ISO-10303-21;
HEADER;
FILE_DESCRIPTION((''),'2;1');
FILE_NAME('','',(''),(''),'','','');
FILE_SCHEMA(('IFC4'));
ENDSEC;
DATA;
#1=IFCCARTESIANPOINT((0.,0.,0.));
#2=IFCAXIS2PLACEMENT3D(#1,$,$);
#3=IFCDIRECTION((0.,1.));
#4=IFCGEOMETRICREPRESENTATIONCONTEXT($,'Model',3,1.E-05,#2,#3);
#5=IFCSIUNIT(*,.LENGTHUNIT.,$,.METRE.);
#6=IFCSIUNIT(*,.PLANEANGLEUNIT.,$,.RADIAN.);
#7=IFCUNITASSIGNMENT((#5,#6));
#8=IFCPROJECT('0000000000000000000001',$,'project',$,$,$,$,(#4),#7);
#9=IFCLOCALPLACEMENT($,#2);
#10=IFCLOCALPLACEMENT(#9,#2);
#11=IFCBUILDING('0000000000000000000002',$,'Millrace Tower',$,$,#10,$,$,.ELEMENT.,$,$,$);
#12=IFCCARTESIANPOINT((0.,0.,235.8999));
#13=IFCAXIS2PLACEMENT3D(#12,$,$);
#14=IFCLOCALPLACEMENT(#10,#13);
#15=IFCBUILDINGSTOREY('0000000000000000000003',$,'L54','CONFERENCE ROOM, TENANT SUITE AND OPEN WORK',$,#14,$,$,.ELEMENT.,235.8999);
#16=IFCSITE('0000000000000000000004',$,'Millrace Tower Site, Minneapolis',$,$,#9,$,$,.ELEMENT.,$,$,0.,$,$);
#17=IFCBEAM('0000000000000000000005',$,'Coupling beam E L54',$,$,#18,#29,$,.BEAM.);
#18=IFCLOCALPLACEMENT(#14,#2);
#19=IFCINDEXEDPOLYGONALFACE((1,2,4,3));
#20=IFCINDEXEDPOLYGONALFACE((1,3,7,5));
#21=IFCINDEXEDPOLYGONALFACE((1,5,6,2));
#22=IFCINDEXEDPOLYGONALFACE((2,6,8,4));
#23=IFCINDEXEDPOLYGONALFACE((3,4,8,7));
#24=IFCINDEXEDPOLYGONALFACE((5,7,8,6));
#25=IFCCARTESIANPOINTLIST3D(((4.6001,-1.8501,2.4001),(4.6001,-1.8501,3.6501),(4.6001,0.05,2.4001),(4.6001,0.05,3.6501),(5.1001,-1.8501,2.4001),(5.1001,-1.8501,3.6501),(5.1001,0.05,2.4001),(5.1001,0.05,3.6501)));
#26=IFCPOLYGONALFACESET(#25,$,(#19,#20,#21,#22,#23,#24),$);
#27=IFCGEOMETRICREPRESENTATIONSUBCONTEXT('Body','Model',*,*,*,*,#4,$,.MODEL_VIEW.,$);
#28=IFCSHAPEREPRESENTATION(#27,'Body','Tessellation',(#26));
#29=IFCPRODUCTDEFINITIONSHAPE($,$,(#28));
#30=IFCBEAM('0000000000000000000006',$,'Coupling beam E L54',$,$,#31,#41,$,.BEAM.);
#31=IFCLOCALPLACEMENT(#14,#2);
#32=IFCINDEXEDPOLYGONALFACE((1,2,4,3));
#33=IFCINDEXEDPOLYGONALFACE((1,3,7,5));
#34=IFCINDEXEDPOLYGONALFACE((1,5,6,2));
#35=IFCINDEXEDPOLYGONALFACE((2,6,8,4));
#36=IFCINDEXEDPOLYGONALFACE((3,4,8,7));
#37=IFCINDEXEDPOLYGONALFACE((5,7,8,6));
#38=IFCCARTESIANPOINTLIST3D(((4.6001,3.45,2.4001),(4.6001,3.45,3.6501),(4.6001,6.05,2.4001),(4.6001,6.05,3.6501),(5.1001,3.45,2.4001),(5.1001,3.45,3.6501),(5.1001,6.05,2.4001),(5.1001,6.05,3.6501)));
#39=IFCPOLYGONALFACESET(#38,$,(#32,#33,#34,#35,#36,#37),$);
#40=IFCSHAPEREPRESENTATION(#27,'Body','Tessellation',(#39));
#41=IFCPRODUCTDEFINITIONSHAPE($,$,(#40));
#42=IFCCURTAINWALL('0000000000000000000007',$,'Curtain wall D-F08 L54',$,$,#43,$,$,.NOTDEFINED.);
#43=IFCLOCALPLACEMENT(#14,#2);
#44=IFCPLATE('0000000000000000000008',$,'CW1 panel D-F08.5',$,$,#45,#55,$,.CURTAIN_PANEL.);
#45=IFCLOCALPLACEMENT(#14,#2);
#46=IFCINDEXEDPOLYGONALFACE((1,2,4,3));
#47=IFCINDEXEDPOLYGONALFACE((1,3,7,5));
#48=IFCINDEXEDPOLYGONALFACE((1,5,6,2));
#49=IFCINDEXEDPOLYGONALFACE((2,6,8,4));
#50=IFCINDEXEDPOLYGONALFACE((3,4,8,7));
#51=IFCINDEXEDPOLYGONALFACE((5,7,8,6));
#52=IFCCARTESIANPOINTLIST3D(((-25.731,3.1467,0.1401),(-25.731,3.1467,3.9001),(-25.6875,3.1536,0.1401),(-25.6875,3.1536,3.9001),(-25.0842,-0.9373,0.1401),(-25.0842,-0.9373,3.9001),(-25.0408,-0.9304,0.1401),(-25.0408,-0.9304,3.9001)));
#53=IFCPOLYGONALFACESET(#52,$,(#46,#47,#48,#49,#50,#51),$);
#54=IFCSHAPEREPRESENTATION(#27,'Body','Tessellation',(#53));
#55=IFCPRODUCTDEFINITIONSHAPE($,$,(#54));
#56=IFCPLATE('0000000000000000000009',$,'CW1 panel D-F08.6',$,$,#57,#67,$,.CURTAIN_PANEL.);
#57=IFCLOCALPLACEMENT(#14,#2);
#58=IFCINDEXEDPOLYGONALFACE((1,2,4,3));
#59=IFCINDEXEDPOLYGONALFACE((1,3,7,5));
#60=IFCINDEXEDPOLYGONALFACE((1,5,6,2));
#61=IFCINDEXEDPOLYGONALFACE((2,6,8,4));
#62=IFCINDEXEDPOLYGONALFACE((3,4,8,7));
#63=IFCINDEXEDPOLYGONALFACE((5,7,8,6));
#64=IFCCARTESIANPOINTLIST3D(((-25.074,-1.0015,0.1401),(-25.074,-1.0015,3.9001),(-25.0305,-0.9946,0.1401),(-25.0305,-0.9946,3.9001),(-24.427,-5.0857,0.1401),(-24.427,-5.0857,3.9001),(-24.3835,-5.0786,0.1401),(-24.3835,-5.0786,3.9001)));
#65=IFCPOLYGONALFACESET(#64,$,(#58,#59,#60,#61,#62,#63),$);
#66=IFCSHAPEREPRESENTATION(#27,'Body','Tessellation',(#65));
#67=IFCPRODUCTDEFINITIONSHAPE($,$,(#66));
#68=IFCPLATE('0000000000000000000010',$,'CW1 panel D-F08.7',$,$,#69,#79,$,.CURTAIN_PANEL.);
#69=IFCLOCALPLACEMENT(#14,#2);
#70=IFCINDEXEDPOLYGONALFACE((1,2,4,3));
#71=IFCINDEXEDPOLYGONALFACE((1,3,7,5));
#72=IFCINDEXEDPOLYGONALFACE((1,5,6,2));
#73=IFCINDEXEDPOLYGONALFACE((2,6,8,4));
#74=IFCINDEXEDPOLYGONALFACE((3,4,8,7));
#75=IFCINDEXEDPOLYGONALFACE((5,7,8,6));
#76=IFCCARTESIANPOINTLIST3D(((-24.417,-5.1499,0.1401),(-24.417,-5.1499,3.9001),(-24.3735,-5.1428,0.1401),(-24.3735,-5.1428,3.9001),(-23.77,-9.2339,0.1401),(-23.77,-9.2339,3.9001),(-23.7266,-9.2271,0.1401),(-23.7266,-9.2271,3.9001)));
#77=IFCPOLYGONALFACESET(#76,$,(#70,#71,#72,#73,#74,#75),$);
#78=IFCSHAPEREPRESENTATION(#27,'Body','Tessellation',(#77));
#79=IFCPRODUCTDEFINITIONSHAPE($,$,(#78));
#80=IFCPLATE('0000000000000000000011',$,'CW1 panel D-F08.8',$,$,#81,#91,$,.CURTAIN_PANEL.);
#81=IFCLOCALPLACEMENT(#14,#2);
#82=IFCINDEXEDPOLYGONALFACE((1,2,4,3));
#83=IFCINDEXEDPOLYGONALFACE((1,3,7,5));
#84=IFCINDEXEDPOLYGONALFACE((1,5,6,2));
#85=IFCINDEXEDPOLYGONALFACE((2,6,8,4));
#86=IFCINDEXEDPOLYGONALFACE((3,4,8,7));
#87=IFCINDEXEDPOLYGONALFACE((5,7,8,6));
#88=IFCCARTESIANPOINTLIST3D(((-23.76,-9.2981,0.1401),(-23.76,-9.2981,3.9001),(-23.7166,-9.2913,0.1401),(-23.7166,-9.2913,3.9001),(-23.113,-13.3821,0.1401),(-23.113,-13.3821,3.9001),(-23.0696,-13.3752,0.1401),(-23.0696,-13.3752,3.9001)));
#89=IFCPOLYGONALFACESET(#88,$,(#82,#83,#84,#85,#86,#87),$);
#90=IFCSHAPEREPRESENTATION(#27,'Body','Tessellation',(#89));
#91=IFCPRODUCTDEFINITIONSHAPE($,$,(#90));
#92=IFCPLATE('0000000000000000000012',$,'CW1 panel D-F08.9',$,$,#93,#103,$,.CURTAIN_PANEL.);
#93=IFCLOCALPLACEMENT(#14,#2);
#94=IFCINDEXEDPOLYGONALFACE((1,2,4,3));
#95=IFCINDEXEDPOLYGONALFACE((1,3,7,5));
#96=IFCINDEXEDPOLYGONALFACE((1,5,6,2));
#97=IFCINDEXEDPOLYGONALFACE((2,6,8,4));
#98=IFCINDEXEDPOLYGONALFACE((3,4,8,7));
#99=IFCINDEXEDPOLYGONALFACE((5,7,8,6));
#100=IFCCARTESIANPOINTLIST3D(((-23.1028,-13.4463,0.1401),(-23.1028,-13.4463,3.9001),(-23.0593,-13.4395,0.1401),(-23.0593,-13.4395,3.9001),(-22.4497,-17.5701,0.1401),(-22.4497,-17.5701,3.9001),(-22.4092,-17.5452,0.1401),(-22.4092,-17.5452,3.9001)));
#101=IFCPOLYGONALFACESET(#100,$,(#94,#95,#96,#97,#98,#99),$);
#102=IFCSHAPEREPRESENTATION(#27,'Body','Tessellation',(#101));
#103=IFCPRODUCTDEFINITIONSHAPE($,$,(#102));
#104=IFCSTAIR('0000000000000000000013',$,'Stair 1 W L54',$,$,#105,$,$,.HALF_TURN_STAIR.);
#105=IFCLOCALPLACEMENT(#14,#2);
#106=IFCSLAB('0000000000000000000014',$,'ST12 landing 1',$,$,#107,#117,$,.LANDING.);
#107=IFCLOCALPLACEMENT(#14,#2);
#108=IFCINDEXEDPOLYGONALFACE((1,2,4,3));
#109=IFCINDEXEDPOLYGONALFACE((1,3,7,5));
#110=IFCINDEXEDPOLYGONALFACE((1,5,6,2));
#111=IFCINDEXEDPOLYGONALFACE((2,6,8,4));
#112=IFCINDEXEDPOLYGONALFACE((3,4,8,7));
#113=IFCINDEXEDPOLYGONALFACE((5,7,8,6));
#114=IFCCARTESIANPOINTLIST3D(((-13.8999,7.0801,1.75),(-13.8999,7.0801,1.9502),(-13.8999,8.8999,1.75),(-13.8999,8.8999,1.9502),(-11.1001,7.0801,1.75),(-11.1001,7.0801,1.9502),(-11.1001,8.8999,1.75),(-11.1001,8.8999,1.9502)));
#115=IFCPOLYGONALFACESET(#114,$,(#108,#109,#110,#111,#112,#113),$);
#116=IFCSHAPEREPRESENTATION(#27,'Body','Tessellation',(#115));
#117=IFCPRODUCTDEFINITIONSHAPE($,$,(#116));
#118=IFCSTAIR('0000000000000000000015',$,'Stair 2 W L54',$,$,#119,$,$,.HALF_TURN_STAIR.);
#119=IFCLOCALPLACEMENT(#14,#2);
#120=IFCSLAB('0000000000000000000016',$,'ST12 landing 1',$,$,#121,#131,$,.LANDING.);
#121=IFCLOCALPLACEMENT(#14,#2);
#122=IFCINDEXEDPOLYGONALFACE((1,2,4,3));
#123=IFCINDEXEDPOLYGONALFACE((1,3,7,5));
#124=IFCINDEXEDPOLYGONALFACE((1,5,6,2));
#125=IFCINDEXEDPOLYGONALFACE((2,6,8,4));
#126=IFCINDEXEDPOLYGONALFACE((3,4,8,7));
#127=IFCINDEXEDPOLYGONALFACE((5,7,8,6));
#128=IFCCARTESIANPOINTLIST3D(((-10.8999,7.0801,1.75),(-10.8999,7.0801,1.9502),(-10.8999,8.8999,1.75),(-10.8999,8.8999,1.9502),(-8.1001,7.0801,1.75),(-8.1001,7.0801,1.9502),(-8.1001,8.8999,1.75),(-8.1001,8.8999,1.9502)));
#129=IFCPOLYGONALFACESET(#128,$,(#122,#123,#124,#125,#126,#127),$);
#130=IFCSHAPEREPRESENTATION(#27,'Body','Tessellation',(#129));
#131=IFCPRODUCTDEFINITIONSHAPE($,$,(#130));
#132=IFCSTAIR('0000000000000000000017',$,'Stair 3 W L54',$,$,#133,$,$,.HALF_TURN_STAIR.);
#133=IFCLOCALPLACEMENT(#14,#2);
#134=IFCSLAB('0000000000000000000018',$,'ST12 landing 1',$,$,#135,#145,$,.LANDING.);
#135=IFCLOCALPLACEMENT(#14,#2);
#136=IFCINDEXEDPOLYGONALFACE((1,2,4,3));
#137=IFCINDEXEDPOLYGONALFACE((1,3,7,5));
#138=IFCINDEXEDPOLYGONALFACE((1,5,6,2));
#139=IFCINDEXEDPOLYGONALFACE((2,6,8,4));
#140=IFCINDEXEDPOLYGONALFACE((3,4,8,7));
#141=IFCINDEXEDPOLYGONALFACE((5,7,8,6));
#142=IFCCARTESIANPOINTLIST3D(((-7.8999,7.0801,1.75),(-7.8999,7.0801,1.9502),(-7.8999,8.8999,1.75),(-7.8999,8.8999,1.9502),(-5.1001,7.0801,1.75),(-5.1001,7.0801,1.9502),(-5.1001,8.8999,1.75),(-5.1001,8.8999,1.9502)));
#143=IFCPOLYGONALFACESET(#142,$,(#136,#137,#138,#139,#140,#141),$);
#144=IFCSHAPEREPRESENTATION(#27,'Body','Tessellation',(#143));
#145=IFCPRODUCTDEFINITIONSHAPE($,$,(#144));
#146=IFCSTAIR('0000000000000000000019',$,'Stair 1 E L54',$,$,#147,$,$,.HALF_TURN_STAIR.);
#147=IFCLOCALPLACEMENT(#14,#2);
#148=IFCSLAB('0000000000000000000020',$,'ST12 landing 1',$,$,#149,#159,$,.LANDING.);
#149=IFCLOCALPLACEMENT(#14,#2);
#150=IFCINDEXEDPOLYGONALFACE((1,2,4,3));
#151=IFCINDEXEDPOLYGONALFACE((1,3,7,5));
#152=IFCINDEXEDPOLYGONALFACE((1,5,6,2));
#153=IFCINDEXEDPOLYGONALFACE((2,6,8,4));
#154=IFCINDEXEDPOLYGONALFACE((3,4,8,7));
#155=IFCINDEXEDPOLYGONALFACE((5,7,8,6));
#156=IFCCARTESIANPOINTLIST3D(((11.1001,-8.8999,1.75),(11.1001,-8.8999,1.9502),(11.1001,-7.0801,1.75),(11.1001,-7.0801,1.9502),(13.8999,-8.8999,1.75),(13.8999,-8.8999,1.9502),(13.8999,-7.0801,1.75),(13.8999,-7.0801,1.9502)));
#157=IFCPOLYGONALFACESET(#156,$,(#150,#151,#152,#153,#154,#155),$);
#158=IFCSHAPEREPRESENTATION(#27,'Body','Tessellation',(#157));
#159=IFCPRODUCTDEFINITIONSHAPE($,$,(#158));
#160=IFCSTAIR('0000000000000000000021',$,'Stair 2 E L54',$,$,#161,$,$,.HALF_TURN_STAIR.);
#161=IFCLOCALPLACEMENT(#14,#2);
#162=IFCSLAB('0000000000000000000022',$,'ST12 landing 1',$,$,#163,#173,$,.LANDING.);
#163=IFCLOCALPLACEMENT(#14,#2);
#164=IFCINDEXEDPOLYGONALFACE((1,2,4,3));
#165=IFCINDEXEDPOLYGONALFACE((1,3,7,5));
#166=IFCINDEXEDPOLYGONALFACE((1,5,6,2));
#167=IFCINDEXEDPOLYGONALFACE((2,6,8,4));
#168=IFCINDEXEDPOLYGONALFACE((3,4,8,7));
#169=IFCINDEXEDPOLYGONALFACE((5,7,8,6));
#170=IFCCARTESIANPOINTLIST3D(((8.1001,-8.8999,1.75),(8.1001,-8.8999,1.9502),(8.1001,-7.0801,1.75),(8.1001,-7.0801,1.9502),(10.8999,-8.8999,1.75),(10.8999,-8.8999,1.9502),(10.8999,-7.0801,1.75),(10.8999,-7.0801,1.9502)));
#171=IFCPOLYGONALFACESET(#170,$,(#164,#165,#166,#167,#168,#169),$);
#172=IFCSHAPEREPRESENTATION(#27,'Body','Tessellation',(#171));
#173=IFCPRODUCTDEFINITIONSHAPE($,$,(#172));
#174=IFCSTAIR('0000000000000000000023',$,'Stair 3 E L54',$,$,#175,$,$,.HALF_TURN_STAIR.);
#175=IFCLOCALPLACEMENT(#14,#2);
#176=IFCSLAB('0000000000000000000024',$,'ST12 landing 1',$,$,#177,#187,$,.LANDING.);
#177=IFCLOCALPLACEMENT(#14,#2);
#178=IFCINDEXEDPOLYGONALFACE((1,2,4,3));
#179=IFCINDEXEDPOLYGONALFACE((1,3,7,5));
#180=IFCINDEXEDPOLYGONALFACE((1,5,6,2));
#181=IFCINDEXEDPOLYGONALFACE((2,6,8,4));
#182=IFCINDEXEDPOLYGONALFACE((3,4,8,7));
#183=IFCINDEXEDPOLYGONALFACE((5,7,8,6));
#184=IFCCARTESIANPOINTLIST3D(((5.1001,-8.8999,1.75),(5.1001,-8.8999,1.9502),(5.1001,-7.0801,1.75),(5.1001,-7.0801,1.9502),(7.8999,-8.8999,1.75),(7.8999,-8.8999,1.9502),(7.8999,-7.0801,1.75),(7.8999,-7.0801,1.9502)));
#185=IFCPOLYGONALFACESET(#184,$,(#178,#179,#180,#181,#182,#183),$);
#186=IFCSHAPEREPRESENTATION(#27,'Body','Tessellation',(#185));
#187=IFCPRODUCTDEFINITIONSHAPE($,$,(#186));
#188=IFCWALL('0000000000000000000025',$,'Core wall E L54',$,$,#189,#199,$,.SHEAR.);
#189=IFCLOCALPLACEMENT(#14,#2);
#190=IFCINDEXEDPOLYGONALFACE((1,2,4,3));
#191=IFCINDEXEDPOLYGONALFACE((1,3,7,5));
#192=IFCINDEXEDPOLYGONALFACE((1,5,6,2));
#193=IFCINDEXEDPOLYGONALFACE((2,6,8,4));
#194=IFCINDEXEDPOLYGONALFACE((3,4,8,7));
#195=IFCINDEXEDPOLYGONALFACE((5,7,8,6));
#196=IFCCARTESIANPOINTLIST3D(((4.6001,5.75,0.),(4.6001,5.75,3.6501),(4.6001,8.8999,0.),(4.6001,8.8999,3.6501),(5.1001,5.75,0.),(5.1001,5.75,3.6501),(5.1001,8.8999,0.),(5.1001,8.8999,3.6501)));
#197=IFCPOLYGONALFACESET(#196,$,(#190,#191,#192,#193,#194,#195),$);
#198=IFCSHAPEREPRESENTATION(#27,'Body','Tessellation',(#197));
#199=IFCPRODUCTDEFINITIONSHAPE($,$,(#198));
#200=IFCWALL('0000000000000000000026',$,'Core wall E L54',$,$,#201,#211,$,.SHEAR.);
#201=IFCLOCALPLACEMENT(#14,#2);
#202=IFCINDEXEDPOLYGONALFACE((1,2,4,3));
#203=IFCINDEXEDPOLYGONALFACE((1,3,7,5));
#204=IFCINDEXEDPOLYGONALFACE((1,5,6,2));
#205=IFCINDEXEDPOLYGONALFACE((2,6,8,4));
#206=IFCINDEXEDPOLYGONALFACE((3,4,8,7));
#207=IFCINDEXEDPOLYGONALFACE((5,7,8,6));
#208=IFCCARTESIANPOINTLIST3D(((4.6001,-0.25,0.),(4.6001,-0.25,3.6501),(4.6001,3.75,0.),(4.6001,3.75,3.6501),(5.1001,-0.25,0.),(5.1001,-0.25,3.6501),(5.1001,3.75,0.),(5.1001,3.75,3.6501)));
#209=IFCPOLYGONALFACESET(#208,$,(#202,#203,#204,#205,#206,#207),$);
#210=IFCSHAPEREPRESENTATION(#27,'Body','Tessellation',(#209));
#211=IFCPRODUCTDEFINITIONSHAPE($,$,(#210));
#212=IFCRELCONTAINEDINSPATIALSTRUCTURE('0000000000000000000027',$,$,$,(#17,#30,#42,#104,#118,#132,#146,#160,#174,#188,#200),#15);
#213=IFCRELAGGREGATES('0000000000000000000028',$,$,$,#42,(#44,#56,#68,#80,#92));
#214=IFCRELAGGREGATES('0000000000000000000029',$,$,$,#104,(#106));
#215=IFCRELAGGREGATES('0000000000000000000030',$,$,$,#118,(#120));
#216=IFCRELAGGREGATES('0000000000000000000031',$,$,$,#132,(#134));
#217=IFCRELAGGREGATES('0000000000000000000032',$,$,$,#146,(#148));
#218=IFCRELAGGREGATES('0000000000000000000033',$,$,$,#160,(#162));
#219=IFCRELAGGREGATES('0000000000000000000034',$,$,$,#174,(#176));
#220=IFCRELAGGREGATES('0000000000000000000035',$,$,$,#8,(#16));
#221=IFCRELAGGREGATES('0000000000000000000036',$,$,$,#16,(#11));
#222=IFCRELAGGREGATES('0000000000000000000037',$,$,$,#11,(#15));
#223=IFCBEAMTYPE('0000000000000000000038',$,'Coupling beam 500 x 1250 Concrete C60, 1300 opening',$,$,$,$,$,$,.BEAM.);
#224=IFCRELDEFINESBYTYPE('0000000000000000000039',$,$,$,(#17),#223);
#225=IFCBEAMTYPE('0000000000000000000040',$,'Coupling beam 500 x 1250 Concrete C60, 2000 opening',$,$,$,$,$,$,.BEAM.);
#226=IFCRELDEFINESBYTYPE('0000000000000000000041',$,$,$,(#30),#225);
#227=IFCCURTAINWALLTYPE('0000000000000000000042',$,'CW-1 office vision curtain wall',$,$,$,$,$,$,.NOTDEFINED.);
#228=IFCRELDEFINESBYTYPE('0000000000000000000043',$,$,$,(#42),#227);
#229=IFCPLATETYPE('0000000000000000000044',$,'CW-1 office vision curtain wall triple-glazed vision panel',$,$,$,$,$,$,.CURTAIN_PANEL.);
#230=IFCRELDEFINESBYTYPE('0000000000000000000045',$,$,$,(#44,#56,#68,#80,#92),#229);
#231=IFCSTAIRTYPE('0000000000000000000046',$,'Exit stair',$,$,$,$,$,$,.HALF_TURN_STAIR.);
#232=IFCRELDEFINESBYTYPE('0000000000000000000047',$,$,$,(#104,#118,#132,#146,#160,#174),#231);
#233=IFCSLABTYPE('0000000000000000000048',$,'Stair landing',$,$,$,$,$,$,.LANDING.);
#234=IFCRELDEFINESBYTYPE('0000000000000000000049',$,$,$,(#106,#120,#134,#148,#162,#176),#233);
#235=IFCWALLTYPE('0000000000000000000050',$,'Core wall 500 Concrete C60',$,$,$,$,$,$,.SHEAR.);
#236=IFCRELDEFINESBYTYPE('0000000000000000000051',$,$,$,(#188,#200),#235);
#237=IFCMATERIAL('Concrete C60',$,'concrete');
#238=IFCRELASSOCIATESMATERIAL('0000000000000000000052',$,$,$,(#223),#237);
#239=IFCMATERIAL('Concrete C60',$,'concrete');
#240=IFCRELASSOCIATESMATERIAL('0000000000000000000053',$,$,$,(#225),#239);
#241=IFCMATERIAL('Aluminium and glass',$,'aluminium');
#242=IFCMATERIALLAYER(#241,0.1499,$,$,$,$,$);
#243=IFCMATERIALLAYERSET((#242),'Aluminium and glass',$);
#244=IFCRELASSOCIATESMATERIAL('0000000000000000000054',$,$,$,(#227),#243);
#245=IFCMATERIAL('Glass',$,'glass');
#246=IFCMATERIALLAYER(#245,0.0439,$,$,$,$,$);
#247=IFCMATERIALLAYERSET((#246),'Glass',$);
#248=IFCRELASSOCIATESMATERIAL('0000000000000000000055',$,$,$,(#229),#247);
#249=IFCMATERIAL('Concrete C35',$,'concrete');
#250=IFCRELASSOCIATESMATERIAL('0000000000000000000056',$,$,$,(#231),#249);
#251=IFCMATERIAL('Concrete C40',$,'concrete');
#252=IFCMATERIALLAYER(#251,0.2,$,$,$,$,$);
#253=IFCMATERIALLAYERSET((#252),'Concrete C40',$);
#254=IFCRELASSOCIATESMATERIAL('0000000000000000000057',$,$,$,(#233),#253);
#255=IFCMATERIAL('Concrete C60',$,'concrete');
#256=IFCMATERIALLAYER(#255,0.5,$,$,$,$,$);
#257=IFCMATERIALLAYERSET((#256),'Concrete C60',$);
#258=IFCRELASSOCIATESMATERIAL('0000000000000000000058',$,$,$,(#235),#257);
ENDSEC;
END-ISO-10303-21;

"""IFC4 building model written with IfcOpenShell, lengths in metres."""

from ifc_helpers import new_model, si_unit, direction, frame, frame_2d, origin, origin_2d, place, context, subcontext, project, spatial, polyline, rectangle, outline, extrude, material, layer, layer_set, material_profile, profile_set, type_object, element, aggregate, save


model = new_model("IFC4")

# Units and contexts
model_context = context("Model", 3, precision=1e-05, world=origin(), true_north=direction((0.0, 1.0)))
body_context = subcontext(model_context, "Body", "Model", "MODEL_VIEW")
ifc_project = project(units=[si_unit("LENGTHUNIT", "METRE"), si_unit("PLANEANGLEUNIT", "RADIAN")], contexts=[model_context])

# Site, building, storey
site_placement = place(None, origin())
site = spatial("IfcSite", under=ifc_project, at=site_placement, Name="Millrace Tower Site, Minneapolis", CompositionType="ELEMENT", RefElevation=0.0)
building_placement = place(site_placement, origin())
building = spatial("IfcBuilding", under=site, at=building_placement, Name="Millrace Tower", CompositionType="ELEMENT")
storey_placement = place(building_placement, frame((0.0, 0.0, 235.8999)))
storey = spatial("IfcBuildingStorey", under=building, at=storey_placement, Name="L54", Description="CONFERENCE ROOM, TENANT SUITE AND OPEN WORK", CompositionType="ELEMENT", Elevation=235.8999)

# Beams
ifc_material_1 = material(Name="Concrete C60", Category="concrete")
ifc_material_profile_1 = material_profile(ifc_material_1, rectangle(XDim=0.5, YDim=1.25, at=origin_2d()))
ifc_profile_set_1 = profile_set([ifc_material_profile_1], Name="Concrete C60")
beam_type_1 = type_object("IfcBeamType", Name="Coupling beam 500 x 1250 Concrete C60, 1300 opening", PredefinedType="BEAM", material=ifc_profile_set_1)
beam_1_placement = place(storey_placement, frame((4.8501, 0.05, 3.0251), z_axis=(0.0, -1.0, 0.0), x_axis=(1.0, 0.0, 0.0)))
element("IfcBeam", 1, at=beam_1_placement, inside=storey, type_object=beam_type_1, Name="Coupling beam E L54", PredefinedType="BEAM", context=body_context, shape_type="SweptSolid", body=[
    extrude(rectangle(XDim=0.5, YDim=1.25, at=origin_2d()), origin(), (0.0, 0.0, 1.0), 1.9001),
])
ifc_material_2 = material(Name="Concrete C60", Category="concrete")
ifc_material_profile_2 = material_profile(ifc_material_2, rectangle(XDim=0.5, YDim=1.25, at=origin_2d()))
ifc_profile_set_2 = profile_set([ifc_material_profile_2], Name="Concrete C60")
beam_type_2 = type_object("IfcBeamType", Name="Coupling beam 500 x 1250 Concrete C60, 2000 opening", PredefinedType="BEAM", material=ifc_profile_set_2)
beam_2_placement = place(storey_placement, frame((4.8501, 6.05, 3.0251), z_axis=(0.0, -1.0, 0.0), x_axis=(1.0, 0.0, 0.0)))
element("IfcBeam", 2, at=beam_2_placement, inside=storey, type_object=beam_type_2, Name="Coupling beam E L54", PredefinedType="BEAM", context=body_context, shape_type="SweptSolid", body=[
    extrude(rectangle(XDim=0.5, YDim=1.25, at=origin_2d()), origin(), (0.0, 0.0, 1.0), 2.6001),
])

# Curtain wall, plates
ifc_material_3 = material(Name="Aluminium and glass", Category="aluminium")
ifc_layer_1 = layer(ifc_material_3, 0.1499)
ifc_layer_set_1 = layer_set([ifc_layer_1], Name="Aluminium and glass")
curtain_wall_type = type_object("IfcCurtainWallType", Name="CW-1 office vision curtain wall", PredefinedType="NOTDEFINED", material=ifc_layer_set_1)
placement_1 = place(storey_placement, origin())
curtain_wall = element("IfcCurtainWall", 3, at=placement_1, inside=storey, type_object=curtain_wall_type, Name="Curtain wall D-F08 L54", PredefinedType="NOTDEFINED")
ifc_material_4 = material(Name="Glass", Category="glass")
ifc_layer_2 = layer(ifc_material_4, 0.0439)
ifc_layer_set_2 = layer_set([ifc_layer_2], Name="Glass")
plate_type = type_object("IfcPlateType", Name="CW-1 office vision curtain wall triple-glazed vision panel", PredefinedType="CURTAIN_PANEL", material=ifc_layer_set_2)
placement_2 = place(storey_placement, frame((0.0, 0.0, 0.1401)))
plate_1 = element("IfcPlate", 4, at=placement_2, type_object=plate_type, Name="CW1 panel D-F08.5", PredefinedType="CURTAIN_PANEL", context=body_context, shape_type="SweptSolid", body=[
    extrude(outline(polyline([(-25.731, 3.1467), (-25.0842, -0.9373), (-25.0408, -0.9304), (-25.6875, 3.1536), (-25.731, 3.1467)])), origin(), (0.0, 0.0, 1.0), 3.76),
])
plate_2 = element("IfcPlate", 5, at=placement_2, type_object=plate_type, Name="CW1 panel D-F08.6", PredefinedType="CURTAIN_PANEL", context=body_context, shape_type="SweptSolid", body=[
    extrude(outline(polyline([(-25.074, -1.0015), (-24.427, -5.0857), (-24.3835, -5.0786), (-25.0305, -0.9946), (-25.074, -1.0015)])), origin(), (0.0, 0.0, 1.0), 3.76),
])
plate_3 = element("IfcPlate", 6, at=placement_2, type_object=plate_type, Name="CW1 panel D-F08.7", PredefinedType="CURTAIN_PANEL", context=body_context, shape_type="SweptSolid", body=[
    extrude(outline(polyline([(-24.417, -5.1499), (-23.77, -9.2339), (-23.7266, -9.2271), (-24.3735, -5.1428), (-24.417, -5.1499)])), origin(), (0.0, 0.0, 1.0), 3.76),
])
plate_4 = element("IfcPlate", 7, at=placement_2, type_object=plate_type, Name="CW1 panel D-F08.8", PredefinedType="CURTAIN_PANEL", context=body_context, shape_type="SweptSolid", body=[
    extrude(outline(polyline([(-23.76, -9.2981), (-23.113, -13.3821), (-23.0696, -13.3752), (-23.7166, -9.2913), (-23.76, -9.2981)])), origin(), (0.0, 0.0, 1.0), 3.76),
])
plate_5 = element("IfcPlate", 8, at=placement_2, type_object=plate_type, Name="CW1 panel D-F08.9", PredefinedType="CURTAIN_PANEL", context=body_context, shape_type="SweptSolid", body=[
    extrude(outline(polyline([(-23.1028, -13.4463), (-22.4497, -17.5701), (-22.4092, -17.5452), (-23.0593, -13.4395), (-23.1028, -13.4463)])), origin(), (0.0, 0.0, 1.0), 3.76),
])
aggregate(curtain_wall, [plate_1, plate_2, plate_3, plate_4, plate_5])

# Stairs, slabs
ifc_material_5 = material(Name="Concrete C35", Category="concrete")
stair_type = type_object("IfcStairType", Name="Exit stair", PredefinedType="HALF_TURN_STAIR", material=ifc_material_5)
stair_1 = element("IfcStair", 9, at=placement_1, inside=storey, type_object=stair_type, Name="Stair 1 W L54", PredefinedType="HALF_TURN_STAIR")
ifc_material_6 = material(Name="Concrete C40", Category="concrete")
ifc_layer_3 = layer(ifc_material_6, 0.2)
ifc_layer_set_3 = layer_set([ifc_layer_3], Name="Concrete C40")
slab_type = type_object("IfcSlabType", Name="Stair landing", PredefinedType="LANDING", material=ifc_layer_set_3)
placement_3 = place(storey_placement, frame((0.0, 0.0, 1.75)))
slab_1 = element("IfcSlab", 10, at=placement_3, type_object=slab_type, Name="ST12 landing 1", PredefinedType="LANDING", context=body_context, shape_type="SweptSolid", body=[
    extrude(outline(polyline([(-13.8999, 7.0801), (-11.1001, 7.0801), (-11.1001, 8.8999), (-13.8999, 8.8999), (-13.8999, 7.0801)])), origin(), (0.0, 0.0, 1.0), 0.2002),
])
aggregate(stair_1, [slab_1])
stair_2 = element("IfcStair", 11, at=placement_1, inside=storey, type_object=stair_type, Name="Stair 2 W L54", PredefinedType="HALF_TURN_STAIR")
slab_2 = element("IfcSlab", 12, at=placement_3, type_object=slab_type, Name="ST12 landing 1", PredefinedType="LANDING", context=body_context, shape_type="SweptSolid", body=[
    extrude(outline(polyline([(-10.8999, 7.0801), (-8.1001, 7.0801), (-8.1001, 8.8999), (-10.8999, 8.8999), (-10.8999, 7.0801)])), origin(), (0.0, 0.0, 1.0), 0.2002),
])
aggregate(stair_2, [slab_2])
stair_3 = element("IfcStair", 13, at=placement_1, inside=storey, type_object=stair_type, Name="Stair 3 W L54", PredefinedType="HALF_TURN_STAIR")
slab_3 = element("IfcSlab", 14, at=placement_3, type_object=slab_type, Name="ST12 landing 1", PredefinedType="LANDING", context=body_context, shape_type="SweptSolid", body=[
    extrude(outline(polyline([(-7.8999, 7.0801), (-5.1001, 7.0801), (-5.1001, 8.8999), (-7.8999, 8.8999), (-7.8999, 7.0801)])), origin(), (0.0, 0.0, 1.0), 0.2002),
])
aggregate(stair_3, [slab_3])
stair_4 = element("IfcStair", 15, at=placement_1, inside=storey, type_object=stair_type, Name="Stair 1 E L54", PredefinedType="HALF_TURN_STAIR")
slab_4 = element("IfcSlab", 16, at=placement_3, type_object=slab_type, Name="ST12 landing 1", PredefinedType="LANDING", context=body_context, shape_type="SweptSolid", body=[
    extrude(outline(polyline([(11.1001, -8.8999), (13.8999, -8.8999), (13.8999, -7.0801), (11.1001, -7.0801), (11.1001, -8.8999)])), origin(), (0.0, 0.0, 1.0), 0.2002),
])
aggregate(stair_4, [slab_4])
stair_5 = element("IfcStair", 17, at=placement_1, inside=storey, type_object=stair_type, Name="Stair 2 E L54", PredefinedType="HALF_TURN_STAIR")
slab_5 = element("IfcSlab", 18, at=placement_3, type_object=slab_type, Name="ST12 landing 1", PredefinedType="LANDING", context=body_context, shape_type="SweptSolid", body=[
    extrude(outline(polyline([(8.1001, -8.8999), (10.8999, -8.8999), (10.8999, -7.0801), (8.1001, -7.0801), (8.1001, -8.8999)])), origin(), (0.0, 0.0, 1.0), 0.2002),
])
aggregate(stair_5, [slab_5])
stair_6 = element("IfcStair", 19, at=placement_1, inside=storey, type_object=stair_type, Name="Stair 3 E L54", PredefinedType="HALF_TURN_STAIR")
slab_6 = element("IfcSlab", 20, at=placement_3, type_object=slab_type, Name="ST12 landing 1", PredefinedType="LANDING", context=body_context, shape_type="SweptSolid", body=[
    extrude(outline(polyline([(5.1001, -8.8999), (7.8999, -8.8999), (7.8999, -7.0801), (5.1001, -7.0801), (5.1001, -8.8999)])), origin(), (0.0, 0.0, 1.0), 0.2002),
])
aggregate(stair_6, [slab_6])

# Walls
ifc_material_7 = material(Name="Concrete C60", Category="concrete")
ifc_layer_4 = layer(ifc_material_7, 0.5)
ifc_layer_set_4 = layer_set([ifc_layer_4], Name="Concrete C60")
wall_type_1 = type_object("IfcWallType", Name="Core wall 500 Concrete C60", PredefinedType="SHEAR", material=ifc_layer_set_4)
wall_1_placement = place(storey_placement, frame((4.8501, 8.8999, 0.0), z_axis=(0.0, 0.0, 1.0), x_axis=(0.0, -1.0, 0.0)))
element("IfcWall", 21, at=wall_1_placement, inside=storey, type_object=wall_type_1, Name="Core wall E L54", PredefinedType="SHEAR", context=body_context, shape_type="SweptSolid", body=[
    extrude(rectangle(XDim=3.1499, YDim=0.5, at=frame_2d((1.575, 0.0))), origin(), (0.0, 0.0, 1.0), 3.6501),
])
wall_2_placement = place(storey_placement, frame((4.8501, 3.75, 0.0), z_axis=(0.0, 0.0, 1.0), x_axis=(0.0, -1.0, 0.0)))
element("IfcWall", 22, at=wall_2_placement, inside=storey, type_object=wall_type_1, Name="Core wall E L54", PredefinedType="SHEAR", context=body_context, shape_type="SweptSolid", body=[
    extrude(rectangle(XDim=4.0, YDim=0.5, at=frame_2d((2.0, 0.0))), origin(), (0.0, 0.0, 1.0), 3.6501),
])

save(model, "model.ifc")
